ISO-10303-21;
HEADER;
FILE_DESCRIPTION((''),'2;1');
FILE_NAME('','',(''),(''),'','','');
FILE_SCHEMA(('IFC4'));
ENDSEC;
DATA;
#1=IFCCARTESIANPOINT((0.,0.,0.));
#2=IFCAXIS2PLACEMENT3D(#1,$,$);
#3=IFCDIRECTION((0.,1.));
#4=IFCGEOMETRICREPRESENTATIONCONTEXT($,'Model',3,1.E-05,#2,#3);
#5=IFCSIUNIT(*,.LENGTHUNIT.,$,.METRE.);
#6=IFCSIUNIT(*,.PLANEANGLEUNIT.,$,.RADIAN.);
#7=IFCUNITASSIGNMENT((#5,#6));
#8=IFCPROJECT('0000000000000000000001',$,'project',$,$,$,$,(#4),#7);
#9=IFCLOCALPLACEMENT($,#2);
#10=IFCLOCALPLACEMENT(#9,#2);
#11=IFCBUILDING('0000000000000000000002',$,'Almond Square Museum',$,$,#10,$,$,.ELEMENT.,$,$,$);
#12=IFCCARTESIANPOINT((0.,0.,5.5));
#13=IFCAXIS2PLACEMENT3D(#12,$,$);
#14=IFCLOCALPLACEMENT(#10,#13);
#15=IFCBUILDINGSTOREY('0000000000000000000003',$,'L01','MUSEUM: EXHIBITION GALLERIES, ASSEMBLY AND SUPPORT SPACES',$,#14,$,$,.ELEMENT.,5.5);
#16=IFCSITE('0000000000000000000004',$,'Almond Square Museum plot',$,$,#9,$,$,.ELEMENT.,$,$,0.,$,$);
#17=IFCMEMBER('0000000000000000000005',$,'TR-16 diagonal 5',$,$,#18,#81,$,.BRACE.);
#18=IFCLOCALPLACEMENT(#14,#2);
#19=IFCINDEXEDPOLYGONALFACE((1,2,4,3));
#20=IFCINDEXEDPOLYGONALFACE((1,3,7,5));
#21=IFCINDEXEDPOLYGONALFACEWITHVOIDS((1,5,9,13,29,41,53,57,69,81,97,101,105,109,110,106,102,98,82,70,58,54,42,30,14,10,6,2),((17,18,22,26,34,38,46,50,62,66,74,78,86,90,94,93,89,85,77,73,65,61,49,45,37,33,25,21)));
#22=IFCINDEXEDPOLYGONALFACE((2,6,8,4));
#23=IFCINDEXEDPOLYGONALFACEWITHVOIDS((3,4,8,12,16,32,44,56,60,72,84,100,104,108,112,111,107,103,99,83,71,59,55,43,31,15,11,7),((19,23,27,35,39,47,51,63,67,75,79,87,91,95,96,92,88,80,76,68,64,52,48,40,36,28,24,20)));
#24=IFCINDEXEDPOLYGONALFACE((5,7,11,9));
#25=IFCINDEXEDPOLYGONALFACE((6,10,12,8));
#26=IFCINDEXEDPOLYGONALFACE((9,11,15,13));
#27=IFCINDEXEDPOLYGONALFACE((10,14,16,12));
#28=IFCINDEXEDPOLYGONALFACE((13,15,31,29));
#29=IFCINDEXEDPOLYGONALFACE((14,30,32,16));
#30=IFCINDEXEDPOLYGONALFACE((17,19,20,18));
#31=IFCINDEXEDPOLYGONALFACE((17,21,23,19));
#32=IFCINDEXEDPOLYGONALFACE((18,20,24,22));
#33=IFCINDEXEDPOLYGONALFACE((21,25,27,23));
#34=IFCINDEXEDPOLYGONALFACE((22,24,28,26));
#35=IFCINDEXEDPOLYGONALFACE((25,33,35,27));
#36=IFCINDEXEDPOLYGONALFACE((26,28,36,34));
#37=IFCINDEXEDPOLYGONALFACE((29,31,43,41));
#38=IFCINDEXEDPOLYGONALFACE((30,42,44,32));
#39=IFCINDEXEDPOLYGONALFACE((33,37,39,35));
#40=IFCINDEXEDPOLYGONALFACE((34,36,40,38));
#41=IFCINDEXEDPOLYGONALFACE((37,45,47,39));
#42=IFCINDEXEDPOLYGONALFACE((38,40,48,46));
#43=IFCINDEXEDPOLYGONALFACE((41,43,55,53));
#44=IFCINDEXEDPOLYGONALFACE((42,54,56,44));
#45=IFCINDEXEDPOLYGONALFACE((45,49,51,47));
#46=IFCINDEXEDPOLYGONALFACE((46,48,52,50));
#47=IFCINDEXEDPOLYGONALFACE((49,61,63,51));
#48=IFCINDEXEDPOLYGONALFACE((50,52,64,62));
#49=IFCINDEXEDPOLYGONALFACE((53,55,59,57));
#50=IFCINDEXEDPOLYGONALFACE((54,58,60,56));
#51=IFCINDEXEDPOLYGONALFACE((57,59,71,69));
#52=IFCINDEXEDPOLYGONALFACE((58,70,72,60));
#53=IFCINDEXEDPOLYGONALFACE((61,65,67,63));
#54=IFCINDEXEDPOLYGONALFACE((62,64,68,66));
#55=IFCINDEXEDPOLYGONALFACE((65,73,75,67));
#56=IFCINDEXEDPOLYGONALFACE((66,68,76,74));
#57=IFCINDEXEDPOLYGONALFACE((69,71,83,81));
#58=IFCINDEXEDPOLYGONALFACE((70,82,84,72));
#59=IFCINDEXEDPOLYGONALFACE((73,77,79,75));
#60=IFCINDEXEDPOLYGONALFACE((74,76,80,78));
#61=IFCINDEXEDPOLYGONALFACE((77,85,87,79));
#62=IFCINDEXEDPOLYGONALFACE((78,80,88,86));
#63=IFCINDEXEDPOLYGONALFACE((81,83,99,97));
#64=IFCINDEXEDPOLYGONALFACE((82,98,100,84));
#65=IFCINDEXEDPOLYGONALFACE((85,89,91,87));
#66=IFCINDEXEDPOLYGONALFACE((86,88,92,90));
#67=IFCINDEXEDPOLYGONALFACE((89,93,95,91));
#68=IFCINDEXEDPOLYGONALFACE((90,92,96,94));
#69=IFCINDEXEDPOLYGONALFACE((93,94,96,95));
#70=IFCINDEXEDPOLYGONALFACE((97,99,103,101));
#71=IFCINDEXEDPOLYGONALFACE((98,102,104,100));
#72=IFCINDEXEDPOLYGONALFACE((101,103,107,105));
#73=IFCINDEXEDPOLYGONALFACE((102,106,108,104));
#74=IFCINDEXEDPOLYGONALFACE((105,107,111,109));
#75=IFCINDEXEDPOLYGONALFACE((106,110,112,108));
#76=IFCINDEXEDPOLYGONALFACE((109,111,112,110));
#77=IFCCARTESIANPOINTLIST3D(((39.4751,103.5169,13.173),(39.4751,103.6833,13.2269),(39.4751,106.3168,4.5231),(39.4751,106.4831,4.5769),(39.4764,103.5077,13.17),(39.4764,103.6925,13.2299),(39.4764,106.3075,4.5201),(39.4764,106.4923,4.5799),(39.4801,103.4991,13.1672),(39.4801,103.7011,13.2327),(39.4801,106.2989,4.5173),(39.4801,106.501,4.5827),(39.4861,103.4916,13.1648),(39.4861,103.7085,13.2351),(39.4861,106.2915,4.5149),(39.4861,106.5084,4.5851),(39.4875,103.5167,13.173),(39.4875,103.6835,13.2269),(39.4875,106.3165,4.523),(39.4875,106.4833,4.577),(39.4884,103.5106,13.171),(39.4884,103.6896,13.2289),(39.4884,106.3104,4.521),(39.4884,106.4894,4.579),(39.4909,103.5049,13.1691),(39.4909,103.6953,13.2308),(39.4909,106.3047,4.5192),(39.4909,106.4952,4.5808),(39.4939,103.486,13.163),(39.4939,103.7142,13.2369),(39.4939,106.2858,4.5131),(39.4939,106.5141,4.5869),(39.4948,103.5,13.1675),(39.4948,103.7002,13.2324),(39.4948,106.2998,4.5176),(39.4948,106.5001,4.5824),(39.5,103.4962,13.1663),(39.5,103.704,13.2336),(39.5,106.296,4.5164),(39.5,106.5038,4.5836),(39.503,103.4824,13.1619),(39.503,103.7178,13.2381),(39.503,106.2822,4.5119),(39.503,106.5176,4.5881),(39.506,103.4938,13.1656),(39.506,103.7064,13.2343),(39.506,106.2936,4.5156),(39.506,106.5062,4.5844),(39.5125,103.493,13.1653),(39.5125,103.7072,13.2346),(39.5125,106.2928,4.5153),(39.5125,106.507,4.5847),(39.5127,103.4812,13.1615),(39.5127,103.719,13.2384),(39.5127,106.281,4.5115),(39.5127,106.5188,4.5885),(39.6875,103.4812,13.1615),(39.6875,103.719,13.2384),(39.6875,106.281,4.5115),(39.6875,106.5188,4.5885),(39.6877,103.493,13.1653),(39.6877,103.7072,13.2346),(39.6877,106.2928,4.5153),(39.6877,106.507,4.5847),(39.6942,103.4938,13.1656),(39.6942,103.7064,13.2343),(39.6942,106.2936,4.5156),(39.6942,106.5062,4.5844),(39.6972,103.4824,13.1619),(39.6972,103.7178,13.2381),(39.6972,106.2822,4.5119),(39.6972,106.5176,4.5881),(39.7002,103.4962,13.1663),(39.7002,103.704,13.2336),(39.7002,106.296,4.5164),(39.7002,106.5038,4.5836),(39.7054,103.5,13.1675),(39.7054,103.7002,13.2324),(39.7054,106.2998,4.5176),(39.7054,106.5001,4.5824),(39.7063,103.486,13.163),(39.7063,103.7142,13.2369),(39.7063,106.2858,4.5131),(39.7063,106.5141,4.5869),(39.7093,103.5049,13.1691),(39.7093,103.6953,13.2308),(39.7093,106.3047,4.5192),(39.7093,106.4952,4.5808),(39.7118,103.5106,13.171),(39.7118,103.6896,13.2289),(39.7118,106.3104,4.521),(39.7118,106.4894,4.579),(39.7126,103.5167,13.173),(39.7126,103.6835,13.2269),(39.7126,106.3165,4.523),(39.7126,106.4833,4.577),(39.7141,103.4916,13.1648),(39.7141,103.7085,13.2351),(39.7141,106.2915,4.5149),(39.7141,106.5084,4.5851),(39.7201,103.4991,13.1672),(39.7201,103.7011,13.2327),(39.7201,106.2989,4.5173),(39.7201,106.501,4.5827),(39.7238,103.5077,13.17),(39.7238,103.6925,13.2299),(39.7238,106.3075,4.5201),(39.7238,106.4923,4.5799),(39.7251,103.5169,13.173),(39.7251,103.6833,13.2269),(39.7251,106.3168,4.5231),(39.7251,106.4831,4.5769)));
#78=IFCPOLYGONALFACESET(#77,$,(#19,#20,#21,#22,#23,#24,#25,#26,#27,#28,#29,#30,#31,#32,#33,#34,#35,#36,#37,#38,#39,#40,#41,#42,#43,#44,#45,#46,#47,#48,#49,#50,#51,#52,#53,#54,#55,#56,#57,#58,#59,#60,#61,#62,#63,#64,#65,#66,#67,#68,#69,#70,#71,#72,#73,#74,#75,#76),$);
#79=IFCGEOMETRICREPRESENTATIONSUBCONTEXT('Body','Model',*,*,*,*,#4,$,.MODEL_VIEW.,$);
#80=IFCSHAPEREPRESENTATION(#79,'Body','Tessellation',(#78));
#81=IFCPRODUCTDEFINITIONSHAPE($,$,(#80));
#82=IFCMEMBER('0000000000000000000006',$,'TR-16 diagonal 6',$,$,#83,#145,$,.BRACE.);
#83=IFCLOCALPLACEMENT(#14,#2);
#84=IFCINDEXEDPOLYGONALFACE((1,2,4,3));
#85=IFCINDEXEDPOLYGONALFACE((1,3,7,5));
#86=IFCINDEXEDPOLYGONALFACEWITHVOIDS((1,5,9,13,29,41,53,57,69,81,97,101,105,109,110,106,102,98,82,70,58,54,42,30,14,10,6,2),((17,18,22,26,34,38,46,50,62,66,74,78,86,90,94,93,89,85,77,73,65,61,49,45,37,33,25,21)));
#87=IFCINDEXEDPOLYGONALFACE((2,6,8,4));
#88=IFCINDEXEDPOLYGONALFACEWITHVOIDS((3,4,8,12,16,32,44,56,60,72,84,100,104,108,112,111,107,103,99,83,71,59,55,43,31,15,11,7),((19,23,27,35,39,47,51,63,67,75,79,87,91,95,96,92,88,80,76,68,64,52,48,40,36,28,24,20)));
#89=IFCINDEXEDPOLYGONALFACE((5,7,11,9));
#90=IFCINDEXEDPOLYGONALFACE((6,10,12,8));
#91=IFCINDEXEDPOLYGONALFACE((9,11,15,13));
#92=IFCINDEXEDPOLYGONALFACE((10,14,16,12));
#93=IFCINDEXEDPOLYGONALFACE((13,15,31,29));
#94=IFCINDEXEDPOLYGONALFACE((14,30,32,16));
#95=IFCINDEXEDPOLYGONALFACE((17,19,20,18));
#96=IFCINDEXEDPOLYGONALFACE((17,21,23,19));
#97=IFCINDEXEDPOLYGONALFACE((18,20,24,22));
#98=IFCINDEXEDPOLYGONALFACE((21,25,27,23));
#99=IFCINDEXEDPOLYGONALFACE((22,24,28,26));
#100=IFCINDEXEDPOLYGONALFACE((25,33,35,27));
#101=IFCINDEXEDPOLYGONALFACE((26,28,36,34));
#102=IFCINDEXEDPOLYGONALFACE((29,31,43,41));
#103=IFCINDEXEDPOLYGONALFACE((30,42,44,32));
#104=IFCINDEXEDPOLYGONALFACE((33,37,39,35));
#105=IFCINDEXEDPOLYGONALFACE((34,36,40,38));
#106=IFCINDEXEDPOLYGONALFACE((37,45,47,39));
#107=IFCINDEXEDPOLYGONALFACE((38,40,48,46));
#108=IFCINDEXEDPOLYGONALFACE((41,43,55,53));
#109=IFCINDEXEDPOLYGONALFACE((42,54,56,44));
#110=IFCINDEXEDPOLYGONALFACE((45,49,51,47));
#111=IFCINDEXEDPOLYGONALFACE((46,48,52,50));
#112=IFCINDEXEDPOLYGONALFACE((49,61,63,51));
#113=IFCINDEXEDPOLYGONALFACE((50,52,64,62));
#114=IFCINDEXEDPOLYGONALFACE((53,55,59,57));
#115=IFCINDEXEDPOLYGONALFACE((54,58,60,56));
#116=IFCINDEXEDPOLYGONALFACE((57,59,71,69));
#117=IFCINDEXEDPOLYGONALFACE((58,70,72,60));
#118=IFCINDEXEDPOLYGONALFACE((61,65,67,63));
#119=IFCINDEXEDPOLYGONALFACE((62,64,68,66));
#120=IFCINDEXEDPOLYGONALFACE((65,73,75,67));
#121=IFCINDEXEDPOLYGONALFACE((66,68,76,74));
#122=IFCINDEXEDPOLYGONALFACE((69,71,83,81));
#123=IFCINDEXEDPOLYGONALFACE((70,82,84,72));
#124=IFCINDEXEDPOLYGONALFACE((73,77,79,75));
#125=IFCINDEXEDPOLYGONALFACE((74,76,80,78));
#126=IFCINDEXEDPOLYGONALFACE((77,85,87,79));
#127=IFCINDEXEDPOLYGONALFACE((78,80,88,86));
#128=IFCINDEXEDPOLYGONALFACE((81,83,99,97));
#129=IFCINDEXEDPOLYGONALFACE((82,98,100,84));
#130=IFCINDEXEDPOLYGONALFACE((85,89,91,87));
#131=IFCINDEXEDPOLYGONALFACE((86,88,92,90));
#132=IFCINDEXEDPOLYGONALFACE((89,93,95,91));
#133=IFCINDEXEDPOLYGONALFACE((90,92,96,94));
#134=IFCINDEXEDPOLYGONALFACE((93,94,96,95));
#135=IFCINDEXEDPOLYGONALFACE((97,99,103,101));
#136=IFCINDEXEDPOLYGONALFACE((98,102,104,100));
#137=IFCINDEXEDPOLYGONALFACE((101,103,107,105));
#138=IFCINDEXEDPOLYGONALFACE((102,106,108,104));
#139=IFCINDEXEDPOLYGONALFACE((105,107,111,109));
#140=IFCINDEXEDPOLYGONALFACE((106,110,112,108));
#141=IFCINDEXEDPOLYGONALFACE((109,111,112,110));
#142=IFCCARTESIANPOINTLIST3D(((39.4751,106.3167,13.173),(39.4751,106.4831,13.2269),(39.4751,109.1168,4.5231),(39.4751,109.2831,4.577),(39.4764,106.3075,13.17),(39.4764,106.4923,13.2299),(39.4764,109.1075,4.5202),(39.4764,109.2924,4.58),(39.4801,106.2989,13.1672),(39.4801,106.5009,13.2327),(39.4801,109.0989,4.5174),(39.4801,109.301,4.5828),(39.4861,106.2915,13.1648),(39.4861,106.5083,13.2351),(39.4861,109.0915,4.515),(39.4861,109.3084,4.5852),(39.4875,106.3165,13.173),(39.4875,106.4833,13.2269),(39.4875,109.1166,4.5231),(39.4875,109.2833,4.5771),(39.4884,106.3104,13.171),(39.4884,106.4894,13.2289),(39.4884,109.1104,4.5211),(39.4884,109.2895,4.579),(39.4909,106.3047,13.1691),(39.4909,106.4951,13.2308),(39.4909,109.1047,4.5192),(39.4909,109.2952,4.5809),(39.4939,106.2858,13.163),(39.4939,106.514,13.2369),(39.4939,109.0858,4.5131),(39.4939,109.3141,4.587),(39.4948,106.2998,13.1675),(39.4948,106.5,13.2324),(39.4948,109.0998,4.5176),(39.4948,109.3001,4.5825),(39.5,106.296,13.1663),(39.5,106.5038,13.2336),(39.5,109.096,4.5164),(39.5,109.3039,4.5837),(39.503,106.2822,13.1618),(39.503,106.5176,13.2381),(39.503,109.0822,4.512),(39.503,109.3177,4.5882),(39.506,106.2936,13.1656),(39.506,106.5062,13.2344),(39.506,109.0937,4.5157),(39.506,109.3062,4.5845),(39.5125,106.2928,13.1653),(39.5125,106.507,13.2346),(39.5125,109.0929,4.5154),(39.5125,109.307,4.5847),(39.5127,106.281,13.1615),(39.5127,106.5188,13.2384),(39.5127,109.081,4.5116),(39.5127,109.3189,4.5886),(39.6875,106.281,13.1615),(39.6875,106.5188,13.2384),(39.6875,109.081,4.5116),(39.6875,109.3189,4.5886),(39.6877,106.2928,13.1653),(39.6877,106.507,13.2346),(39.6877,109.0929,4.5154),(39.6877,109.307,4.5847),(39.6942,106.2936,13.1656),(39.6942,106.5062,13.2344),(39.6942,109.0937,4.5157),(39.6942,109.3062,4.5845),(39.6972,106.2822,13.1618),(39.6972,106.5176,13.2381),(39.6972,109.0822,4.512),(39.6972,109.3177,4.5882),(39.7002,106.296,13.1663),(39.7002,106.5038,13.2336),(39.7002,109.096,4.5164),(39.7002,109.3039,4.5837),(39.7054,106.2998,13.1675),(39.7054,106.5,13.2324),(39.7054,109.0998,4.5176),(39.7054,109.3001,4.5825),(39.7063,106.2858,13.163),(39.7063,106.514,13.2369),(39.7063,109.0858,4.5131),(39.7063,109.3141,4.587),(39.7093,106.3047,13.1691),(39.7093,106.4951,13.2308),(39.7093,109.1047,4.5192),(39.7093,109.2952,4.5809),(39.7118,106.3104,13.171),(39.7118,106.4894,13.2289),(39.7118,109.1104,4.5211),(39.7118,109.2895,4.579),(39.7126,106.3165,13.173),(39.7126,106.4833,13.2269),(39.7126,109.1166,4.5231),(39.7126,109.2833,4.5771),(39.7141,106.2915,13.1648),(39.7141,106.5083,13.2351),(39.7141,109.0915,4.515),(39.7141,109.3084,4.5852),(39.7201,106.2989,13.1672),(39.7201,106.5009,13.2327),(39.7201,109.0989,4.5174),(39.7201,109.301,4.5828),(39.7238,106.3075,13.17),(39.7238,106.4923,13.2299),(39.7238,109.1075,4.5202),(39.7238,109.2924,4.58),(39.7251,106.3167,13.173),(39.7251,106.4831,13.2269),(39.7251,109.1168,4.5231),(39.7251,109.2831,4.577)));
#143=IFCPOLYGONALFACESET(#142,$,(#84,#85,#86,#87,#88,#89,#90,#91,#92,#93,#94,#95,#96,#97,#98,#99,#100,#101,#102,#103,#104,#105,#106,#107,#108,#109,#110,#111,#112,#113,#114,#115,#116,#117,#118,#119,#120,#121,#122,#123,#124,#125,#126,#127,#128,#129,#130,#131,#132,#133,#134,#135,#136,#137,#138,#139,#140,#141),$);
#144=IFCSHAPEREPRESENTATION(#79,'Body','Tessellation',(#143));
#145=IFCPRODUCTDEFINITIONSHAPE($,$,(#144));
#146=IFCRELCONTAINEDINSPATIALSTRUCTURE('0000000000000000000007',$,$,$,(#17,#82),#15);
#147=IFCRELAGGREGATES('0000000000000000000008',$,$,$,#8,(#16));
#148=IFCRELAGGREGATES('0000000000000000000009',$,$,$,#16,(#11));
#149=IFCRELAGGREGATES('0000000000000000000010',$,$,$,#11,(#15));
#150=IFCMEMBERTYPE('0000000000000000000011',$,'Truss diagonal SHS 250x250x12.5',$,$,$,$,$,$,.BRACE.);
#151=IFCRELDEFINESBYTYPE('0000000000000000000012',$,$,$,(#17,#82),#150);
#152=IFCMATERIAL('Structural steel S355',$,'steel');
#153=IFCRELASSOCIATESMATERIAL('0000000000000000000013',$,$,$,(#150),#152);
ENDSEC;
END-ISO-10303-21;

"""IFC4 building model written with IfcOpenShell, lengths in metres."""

from ifc_helpers import new_model, si_unit, direction, frame, origin, origin_2d, place, context, subcontext, project, spatial, hollow_rectangle, extrude, material, material_profile, profile_set, type_object, element, save


model = new_model("IFC4")

# Units and contexts
model_context = context("Model", 3, precision=1e-05, world=origin(), true_north=direction((0.0, 1.0)))
body_context = subcontext(model_context, "Body", "Model", "MODEL_VIEW")
ifc_project = project(units=[si_unit("LENGTHUNIT", "METRE"), si_unit("PLANEANGLEUNIT", "RADIAN")], contexts=[model_context])

# Site, building, storey
site_placement = place(None, origin())
site = spatial("IfcSite", under=ifc_project, at=site_placement, Name="Almond Square Museum plot", CompositionType="ELEMENT", RefElevation=0.0)
building_placement = place(site_placement, origin())
building = spatial("IfcBuilding", under=site, at=building_placement, Name="Almond Square Museum", CompositionType="ELEMENT")
storey_placement = place(building_placement, frame((0.0, 0.0, 5.5)))
storey = spatial("IfcBuildingStorey", under=building, at=storey_placement, Name="L01", Description="MUSEUM: EXHIBITION GALLERIES, ASSEMBLY AND SUPPORT SPACES", CompositionType="ELEMENT", Elevation=5.5)

# Members
ifc_material_1 = material(Name="Structural steel S355", Category="steel")
ifc_material_profile_1 = material_profile(ifc_material_1, hollow_rectangle(XDim=0.25, YDim=0.25, WallThickness=0.0125, InnerFilletRadius=0.0249, OuterFilletRadius=0.0376, at=origin_2d()))
ifc_profile_set_1 = profile_set([ifc_material_profile_1], Name="Structural steel S355")
member_type_1 = type_object("IfcMemberType", Name="Truss diagonal SHS 250x250x12.5", PredefinedType="BRACE", material=ifc_profile_set_1)
for number, where, z_axis, x_axis, name in (
    (1, (39.6001, 103.6001, 13.2), (0.0, 0.30795, -0.951402), (-1.0, 0.0, 0.0), "TR-16 diagonal 5"),
    (2, (39.6001, 106.3999, 13.2), (0.0, 0.307975, -0.951395), (-1.0, 0.0, 0.0), "TR-16 diagonal 6"),
):
    element("IfcMember", number, at=place(storey_placement, frame(where, z_axis=z_axis, x_axis=x_axis)), inside=storey, type_object=member_type_1, Name=name, PredefinedType="BRACE", context=body_context, shape_type="SweptSolid", body=[
        extrude(hollow_rectangle(XDim=0.25, YDim=0.25, WallThickness=0.0125, InnerFilletRadius=0.0249, OuterFilletRadius=0.0376, at=origin_2d()), origin(), (0.0, 0.0, 1.0), 9.0918),
    ])

save(model, "model.ifc")
